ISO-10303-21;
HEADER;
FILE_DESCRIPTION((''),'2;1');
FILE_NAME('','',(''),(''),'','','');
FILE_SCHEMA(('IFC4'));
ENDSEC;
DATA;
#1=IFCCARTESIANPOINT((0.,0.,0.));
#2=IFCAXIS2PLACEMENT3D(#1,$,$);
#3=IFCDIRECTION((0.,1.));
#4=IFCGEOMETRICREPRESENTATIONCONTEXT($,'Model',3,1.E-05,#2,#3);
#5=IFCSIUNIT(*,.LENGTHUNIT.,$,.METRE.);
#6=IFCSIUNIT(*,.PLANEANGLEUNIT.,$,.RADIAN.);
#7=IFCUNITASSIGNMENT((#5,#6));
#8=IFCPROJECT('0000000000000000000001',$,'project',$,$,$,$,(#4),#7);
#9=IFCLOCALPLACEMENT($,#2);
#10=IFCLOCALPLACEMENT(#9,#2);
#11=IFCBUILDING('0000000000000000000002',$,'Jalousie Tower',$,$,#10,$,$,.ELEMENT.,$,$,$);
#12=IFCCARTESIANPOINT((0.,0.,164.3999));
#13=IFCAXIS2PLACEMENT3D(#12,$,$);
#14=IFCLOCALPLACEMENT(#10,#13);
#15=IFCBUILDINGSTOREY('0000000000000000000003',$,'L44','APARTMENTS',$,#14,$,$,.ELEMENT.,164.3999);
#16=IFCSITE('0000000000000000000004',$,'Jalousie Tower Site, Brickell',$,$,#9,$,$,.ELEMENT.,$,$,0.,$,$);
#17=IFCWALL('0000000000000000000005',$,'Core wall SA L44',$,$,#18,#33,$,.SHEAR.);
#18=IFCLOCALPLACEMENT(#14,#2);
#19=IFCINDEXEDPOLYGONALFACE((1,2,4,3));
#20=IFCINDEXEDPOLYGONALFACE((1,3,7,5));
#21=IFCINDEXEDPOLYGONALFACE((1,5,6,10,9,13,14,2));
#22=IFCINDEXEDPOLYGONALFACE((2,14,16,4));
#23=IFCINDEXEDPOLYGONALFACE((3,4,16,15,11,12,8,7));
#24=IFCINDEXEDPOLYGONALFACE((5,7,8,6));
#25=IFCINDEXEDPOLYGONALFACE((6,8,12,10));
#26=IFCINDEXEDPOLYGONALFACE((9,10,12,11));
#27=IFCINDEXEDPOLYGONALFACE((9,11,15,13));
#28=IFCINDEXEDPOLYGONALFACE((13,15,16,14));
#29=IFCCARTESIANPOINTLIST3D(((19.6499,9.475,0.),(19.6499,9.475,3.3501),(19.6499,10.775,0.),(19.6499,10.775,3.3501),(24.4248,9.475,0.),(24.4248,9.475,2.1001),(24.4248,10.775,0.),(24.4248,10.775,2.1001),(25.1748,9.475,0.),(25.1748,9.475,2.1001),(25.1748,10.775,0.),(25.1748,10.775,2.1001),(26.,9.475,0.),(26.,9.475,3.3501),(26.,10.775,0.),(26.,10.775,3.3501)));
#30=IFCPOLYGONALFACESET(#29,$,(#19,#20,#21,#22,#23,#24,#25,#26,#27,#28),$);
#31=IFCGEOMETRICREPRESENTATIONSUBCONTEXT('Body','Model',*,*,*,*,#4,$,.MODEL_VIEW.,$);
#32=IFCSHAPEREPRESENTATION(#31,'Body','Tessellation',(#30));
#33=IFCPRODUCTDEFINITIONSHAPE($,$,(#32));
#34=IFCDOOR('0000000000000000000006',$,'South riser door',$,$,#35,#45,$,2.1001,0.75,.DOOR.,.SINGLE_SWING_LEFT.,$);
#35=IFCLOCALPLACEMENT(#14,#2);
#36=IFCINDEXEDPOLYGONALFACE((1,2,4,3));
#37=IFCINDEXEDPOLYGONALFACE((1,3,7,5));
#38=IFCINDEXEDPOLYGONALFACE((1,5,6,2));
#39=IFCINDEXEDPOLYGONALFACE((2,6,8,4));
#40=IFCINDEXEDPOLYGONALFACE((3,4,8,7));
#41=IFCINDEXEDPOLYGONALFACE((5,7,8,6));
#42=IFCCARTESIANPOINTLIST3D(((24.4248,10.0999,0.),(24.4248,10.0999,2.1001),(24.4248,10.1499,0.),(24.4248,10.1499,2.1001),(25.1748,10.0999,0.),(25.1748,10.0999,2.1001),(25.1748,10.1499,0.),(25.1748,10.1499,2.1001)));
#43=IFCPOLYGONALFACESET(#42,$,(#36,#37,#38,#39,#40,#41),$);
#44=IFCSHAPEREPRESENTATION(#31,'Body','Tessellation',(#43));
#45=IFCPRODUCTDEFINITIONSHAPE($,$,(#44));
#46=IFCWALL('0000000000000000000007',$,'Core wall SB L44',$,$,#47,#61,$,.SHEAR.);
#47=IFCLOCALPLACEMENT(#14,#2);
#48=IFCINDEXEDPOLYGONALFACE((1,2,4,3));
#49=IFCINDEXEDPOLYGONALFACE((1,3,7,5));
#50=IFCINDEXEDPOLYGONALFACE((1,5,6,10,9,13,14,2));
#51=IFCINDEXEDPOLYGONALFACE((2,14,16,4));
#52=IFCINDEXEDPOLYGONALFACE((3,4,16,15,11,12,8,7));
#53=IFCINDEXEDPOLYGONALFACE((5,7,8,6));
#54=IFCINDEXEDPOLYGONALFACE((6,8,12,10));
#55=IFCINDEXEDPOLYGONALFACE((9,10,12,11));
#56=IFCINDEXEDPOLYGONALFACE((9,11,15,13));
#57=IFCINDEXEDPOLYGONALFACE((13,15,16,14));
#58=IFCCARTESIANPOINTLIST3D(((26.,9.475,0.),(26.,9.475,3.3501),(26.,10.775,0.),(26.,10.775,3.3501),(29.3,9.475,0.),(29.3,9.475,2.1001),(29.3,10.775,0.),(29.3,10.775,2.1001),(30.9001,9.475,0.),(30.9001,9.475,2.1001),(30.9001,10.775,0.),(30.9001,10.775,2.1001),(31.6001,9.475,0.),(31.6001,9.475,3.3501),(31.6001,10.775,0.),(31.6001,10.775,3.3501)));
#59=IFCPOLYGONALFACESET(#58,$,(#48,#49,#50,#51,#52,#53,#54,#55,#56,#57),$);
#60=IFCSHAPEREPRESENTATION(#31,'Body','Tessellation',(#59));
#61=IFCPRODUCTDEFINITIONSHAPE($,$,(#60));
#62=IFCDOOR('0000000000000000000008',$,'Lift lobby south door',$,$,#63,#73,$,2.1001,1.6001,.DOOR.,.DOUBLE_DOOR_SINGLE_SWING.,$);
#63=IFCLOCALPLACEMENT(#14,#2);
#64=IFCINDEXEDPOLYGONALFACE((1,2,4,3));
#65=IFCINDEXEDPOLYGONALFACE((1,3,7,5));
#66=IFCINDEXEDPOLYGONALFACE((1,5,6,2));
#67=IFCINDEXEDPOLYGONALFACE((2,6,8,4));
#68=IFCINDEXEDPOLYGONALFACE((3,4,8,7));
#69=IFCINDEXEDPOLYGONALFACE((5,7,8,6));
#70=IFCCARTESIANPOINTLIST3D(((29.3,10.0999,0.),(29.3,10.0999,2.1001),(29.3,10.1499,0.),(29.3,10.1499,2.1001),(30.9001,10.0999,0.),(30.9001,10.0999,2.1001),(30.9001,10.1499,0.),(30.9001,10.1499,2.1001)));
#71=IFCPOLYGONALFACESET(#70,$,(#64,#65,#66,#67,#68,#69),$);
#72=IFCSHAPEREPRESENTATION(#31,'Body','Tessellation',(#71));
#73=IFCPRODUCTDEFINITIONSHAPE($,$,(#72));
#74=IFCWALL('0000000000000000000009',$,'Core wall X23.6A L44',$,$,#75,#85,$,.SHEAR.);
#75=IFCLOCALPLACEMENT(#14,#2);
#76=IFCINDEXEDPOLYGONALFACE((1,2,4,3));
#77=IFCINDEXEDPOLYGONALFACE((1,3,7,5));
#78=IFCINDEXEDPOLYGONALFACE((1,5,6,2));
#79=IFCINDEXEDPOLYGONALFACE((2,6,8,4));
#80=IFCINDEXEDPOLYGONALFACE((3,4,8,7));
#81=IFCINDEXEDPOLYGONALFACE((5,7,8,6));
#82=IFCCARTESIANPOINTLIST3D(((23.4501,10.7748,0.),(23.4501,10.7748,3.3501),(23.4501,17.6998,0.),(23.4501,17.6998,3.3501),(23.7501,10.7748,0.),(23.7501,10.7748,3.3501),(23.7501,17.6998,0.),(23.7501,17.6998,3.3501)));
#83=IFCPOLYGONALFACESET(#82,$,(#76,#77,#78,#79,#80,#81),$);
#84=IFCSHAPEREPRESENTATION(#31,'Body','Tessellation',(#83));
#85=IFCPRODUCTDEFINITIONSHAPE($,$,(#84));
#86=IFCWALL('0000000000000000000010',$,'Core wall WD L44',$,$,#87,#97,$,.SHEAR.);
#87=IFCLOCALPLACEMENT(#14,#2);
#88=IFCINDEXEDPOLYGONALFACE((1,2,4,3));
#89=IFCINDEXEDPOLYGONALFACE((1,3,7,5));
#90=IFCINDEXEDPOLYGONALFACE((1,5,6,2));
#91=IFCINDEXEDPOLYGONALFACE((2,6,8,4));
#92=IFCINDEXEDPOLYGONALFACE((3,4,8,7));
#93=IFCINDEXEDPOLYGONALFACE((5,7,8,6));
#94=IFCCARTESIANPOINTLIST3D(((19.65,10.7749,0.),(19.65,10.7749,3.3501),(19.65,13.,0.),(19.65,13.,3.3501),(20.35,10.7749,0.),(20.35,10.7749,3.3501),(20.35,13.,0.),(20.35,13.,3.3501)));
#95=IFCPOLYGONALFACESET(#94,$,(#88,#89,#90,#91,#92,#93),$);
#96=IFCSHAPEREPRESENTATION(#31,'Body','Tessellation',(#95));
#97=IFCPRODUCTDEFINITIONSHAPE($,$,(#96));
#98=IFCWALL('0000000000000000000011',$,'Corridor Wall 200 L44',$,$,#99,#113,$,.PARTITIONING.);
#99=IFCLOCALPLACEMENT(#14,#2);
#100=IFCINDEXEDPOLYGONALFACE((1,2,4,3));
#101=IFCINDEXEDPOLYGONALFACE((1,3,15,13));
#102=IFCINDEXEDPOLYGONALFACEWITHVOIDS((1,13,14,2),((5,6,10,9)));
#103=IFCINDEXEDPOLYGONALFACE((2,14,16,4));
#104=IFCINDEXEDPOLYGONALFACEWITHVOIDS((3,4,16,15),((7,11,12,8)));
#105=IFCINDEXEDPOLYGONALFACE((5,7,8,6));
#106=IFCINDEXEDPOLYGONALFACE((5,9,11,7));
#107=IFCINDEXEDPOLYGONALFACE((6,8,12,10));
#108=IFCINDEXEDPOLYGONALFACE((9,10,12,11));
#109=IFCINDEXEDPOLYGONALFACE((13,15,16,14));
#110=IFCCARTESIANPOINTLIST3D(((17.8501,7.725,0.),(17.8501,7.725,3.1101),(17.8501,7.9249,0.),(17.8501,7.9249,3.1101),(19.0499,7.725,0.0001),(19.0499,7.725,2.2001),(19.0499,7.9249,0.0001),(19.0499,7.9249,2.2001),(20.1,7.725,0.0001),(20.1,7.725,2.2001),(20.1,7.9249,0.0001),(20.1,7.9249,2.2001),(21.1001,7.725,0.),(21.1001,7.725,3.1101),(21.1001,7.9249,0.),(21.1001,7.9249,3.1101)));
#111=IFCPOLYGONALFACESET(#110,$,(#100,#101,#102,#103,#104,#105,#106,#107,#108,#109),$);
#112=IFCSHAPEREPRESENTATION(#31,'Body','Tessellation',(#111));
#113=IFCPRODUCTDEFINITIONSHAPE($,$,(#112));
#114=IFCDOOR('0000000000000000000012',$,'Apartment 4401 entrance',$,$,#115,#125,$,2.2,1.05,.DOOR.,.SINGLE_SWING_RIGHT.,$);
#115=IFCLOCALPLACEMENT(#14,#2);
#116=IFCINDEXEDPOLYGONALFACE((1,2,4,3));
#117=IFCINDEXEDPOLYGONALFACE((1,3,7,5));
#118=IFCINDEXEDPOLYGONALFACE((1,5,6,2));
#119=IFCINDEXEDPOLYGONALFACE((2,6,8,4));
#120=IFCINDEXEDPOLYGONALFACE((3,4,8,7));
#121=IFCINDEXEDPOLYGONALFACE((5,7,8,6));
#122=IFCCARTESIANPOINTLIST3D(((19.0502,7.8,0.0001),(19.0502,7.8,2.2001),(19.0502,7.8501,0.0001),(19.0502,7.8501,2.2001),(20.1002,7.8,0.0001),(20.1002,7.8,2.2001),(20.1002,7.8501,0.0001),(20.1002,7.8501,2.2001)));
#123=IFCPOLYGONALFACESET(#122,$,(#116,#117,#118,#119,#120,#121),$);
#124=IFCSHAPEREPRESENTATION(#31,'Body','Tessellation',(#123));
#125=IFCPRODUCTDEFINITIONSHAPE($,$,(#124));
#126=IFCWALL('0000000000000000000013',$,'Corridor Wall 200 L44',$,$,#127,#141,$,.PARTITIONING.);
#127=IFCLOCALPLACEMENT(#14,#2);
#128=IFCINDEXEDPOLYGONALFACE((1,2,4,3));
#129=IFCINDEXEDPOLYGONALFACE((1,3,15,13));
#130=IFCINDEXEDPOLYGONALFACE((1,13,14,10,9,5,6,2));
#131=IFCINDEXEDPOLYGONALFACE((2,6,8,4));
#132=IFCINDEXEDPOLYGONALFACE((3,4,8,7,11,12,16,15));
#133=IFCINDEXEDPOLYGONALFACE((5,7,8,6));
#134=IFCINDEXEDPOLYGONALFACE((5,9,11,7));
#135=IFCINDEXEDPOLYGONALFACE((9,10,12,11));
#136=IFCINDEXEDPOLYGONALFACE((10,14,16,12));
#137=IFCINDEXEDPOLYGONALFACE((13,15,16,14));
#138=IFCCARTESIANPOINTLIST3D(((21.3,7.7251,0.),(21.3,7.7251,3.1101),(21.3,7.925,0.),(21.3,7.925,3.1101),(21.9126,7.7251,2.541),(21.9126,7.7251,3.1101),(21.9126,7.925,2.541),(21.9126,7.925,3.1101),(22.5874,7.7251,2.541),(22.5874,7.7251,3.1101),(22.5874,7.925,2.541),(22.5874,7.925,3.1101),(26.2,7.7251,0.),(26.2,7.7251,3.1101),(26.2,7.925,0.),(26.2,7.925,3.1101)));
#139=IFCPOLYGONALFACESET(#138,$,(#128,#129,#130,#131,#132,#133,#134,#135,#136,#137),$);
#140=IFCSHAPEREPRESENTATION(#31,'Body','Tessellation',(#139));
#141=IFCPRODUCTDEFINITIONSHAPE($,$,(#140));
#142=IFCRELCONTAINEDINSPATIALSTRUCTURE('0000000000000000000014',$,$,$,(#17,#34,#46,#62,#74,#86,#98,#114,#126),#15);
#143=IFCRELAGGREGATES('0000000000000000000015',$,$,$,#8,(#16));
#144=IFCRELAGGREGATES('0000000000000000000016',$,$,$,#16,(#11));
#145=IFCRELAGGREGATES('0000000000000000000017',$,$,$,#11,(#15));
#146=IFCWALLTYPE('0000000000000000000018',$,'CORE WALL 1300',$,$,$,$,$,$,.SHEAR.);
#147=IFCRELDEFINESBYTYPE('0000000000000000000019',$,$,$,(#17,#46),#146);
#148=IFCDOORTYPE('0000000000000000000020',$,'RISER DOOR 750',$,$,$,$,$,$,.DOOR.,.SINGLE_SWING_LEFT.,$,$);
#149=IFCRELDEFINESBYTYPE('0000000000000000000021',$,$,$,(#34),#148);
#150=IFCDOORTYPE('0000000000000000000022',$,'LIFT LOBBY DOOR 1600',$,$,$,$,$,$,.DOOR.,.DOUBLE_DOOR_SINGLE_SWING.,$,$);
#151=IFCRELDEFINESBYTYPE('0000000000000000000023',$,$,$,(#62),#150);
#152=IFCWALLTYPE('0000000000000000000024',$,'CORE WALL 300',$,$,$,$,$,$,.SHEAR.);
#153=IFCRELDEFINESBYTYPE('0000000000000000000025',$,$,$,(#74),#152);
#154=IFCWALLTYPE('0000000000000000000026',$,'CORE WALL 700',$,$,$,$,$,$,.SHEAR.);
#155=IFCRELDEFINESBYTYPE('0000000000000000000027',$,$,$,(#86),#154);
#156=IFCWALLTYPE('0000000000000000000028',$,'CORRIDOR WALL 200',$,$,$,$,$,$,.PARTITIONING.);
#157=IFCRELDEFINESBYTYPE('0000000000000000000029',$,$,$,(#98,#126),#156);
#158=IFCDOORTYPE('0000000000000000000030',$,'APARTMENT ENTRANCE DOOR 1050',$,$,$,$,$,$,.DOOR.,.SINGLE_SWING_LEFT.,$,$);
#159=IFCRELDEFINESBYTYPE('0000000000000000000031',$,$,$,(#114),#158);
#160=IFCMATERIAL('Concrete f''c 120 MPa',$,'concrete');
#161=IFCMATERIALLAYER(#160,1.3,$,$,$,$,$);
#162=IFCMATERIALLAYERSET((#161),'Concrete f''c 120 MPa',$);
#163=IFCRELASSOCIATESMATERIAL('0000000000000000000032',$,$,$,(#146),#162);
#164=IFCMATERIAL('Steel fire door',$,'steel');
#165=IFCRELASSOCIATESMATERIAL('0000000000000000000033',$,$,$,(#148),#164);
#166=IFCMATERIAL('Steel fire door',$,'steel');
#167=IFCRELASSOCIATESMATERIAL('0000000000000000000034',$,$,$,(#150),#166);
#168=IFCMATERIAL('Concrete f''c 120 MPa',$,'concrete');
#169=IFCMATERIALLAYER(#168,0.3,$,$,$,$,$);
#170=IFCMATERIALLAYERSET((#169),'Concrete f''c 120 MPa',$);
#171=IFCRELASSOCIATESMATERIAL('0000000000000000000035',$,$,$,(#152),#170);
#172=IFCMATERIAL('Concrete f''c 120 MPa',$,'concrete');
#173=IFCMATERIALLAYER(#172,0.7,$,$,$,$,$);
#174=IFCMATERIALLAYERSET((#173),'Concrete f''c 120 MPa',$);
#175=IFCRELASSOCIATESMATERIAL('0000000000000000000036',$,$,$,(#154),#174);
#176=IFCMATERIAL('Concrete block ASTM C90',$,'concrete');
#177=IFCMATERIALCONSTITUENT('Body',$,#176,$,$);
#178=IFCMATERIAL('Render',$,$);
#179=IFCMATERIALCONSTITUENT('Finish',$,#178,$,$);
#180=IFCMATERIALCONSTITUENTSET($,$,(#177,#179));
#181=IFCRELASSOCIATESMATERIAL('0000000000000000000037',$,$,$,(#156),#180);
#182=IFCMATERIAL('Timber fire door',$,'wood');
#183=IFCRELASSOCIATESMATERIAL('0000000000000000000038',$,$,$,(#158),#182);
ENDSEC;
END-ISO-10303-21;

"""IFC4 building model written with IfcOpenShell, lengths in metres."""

from ifc_helpers import new_model, si_unit, direction, frame, frame_2d, origin, place, context, subcontext, project, spatial, polyline, rectangle, outline, extrude, material, layer, layer_set, constituent, constituent_set, type_object, element, fill, save


model = new_model("IFC4")

# Units and contexts
model_context = context("Model", 3, precision=1e-05, world=origin(), true_north=direction((0.0, 1.0)))
body_context = subcontext(model_context, "Body", "Model", "MODEL_VIEW")
ifc_project = project(units=[si_unit("LENGTHUNIT", "METRE"), si_unit("PLANEANGLEUNIT", "RADIAN")], contexts=[model_context])

# Site, building, storey
site_placement = place(None, origin())
site = spatial("IfcSite", under=ifc_project, at=site_placement, Name="Jalousie Tower Site, Brickell", CompositionType="ELEMENT", RefElevation=0.0)
building_placement = place(site_placement, origin())
building = spatial("IfcBuilding", under=site, at=building_placement, Name="Jalousie Tower", CompositionType="ELEMENT")
storey_placement = place(building_placement, frame((0.0, 0.0, 164.3999)))
storey = spatial("IfcBuildingStorey", under=building, at=storey_placement, Name="L44", Description="APARTMENTS", CompositionType="ELEMENT", Elevation=164.3999)

# Walls, openings, doors
ifc_material_1 = material(Name="Concrete f'c 120 MPa", Category="concrete")
ifc_layer_1 = layer(ifc_material_1, 1.3)
ifc_layer_set_1 = layer_set([ifc_layer_1], Name="Concrete f'c 120 MPa")
wall_type_1 = type_object("IfcWallType", Name="CORE WALL 1300", PredefinedType="SHEAR", material=ifc_layer_set_1)
wall_1_placement = place(storey_placement, frame((19.6499, 10.125, 0.0), z_axis=(0.0, 0.0, 1.0), x_axis=(1.0, 0.0, 0.0)))
wall_1 = element("IfcWall", 1, at=wall_1_placement, inside=storey, type_object=wall_type_1, Name="Core wall SA L44", PredefinedType="SHEAR", context=body_context, shape_type="SweptSolid", body=[
    extrude(rectangle(XDim=6.3501, YDim=1.3, at=frame_2d((3.175, 0.0))), origin(), (0.0, 0.0, 1.0), 3.3501),
])
opening_1_placement = place(wall_1_placement, frame((4.7749, 0.0, 0.0)))
opening_1 = element("IfcOpeningElement", 2, at=opening_1_placement, cuts=wall_1, PredefinedType="OPENING", context=body_context, shape_type="SweptSolid", body=[
    extrude(rectangle(XDim=0.75, YDim=2.1001, at=frame_2d((0.375, 1.05))), frame((0.0, 0.6599, 0.0), z_axis=(0.0, -1.0, 0.0), x_axis=(1.0, 0.0, 0.0)), (0.0, 0.0, 1.0), 1.3201),
])
ifc_material_2 = material(Name="Steel fire door", Category="steel")
door_type_1 = type_object("IfcDoorType", Name="RISER DOOR 750", OperationType="SINGLE_SWING_LEFT", PredefinedType="DOOR", material=ifc_material_2)
door_1_placement = place(opening_1_placement, origin())
door_1 = element("IfcDoor", 3, at=door_1_placement, inside=storey, type_object=door_type_1, Name="South riser door", OperationType="SINGLE_SWING_LEFT", OverallHeight=2.1001, OverallWidth=0.75, PredefinedType="DOOR", context=body_context, shape_type="SweptSolid", body=[
    extrude(rectangle(XDim=0.75, YDim=2.1001, at=frame_2d((0.375, 1.05))), frame((0.0, 0.0249, 0.0), z_axis=(0.0, -1.0, 0.0), x_axis=(1.0, 0.0, 0.0)), (0.0, 0.0, 1.0), 0.05),
])
fill(opening_1, door_1)
wall_2_placement = place(storey_placement, frame((26.0, 10.125, 0.0), z_axis=(0.0, 0.0, 1.0), x_axis=(1.0, 0.0, 0.0)))
wall_2 = element("IfcWall", 4, at=wall_2_placement, inside=storey, type_object=wall_type_1, Name="Core wall SB L44", PredefinedType="SHEAR", context=body_context, shape_type="SweptSolid", body=[
    extrude(rectangle(XDim=5.6001, YDim=1.3, at=frame_2d((2.8, 0.0))), origin(), (0.0, 0.0, 1.0), 3.3501),
])
opening_2_placement = place(wall_2_placement, frame((3.3, 0.0, 0.0)))
opening_2 = element("IfcOpeningElement", 5, at=opening_2_placement, cuts=wall_2, PredefinedType="OPENING", context=body_context, shape_type="SweptSolid", body=[
    extrude(rectangle(XDim=1.6001, YDim=2.1001, at=frame_2d((0.8, 1.05))), frame((0.0, 0.6599, 0.0), z_axis=(0.0, -1.0, 0.0), x_axis=(1.0, 0.0, 0.0)), (0.0, 0.0, 1.0), 1.3201),
])
ifc_material_3 = material(Name="Steel fire door", Category="steel")
door_type_2 = type_object("IfcDoorType", Name="LIFT LOBBY DOOR 1600", OperationType="DOUBLE_DOOR_SINGLE_SWING", PredefinedType="DOOR", material=ifc_material_3)
door_2_placement = place(opening_2_placement, origin())
door_2 = element("IfcDoor", 6, at=door_2_placement, inside=storey, type_object=door_type_2, Name="Lift lobby south door", OperationType="DOUBLE_DOOR_SINGLE_SWING", OverallHeight=2.1001, OverallWidth=1.6001, PredefinedType="DOOR", context=body_context, shape_type="SweptSolid", body=[
    extrude(rectangle(XDim=1.6001, YDim=2.1001, at=frame_2d((0.8, 1.05))), frame((0.0, 0.0249, 0.0), z_axis=(0.0, -1.0, 0.0), x_axis=(1.0, 0.0, 0.0)), (0.0, 0.0, 1.0), 0.05),
])
fill(opening_2, door_2)

# Walls
ifc_material_4 = material(Name="Concrete f'c 120 MPa", Category="concrete")
ifc_layer_2 = layer(ifc_material_4, 0.3)
ifc_layer_set_2 = layer_set([ifc_layer_2], Name="Concrete f'c 120 MPa")
wall_type_2 = type_object("IfcWallType", Name="CORE WALL 300", PredefinedType="SHEAR", material=ifc_layer_set_2)
wall_3_placement = place(storey_placement, frame((23.6001, 10.7749, 0.0), z_axis=(0.0, 0.0, 1.0), x_axis=(0.0, 1.0, 0.0)))
element("IfcWall", 7, at=wall_3_placement, inside=storey, type_object=wall_type_2, Name="Core wall X23.6A L44", PredefinedType="SHEAR", context=body_context, shape_type="SweptSolid", body=[
    extrude(rectangle(XDim=6.925, YDim=0.3, at=frame_2d((3.4624, 0.0))), origin(), (0.0, 0.0, 1.0), 3.3501),
])
ifc_material_5 = material(Name="Concrete f'c 120 MPa", Category="concrete")
ifc_layer_3 = layer(ifc_material_5, 0.7)
ifc_layer_set_3 = layer_set([ifc_layer_3], Name="Concrete f'c 120 MPa")
wall_type_3 = type_object("IfcWallType", Name="CORE WALL 700", PredefinedType="SHEAR", material=ifc_layer_set_3)
wall_4_placement = place(storey_placement, frame((20.0, 13.0, 0.0), z_axis=(0.0, 0.0, 1.0), x_axis=(0.0, -1.0, 0.0)))
element("IfcWall", 8, at=wall_4_placement, inside=storey, type_object=wall_type_3, Name="Core wall WD L44", PredefinedType="SHEAR", context=body_context, shape_type="SweptSolid", body=[
    extrude(rectangle(XDim=2.2251, YDim=0.7, at=frame_2d((1.1125, 0.0))), origin(), (0.0, 0.0, 1.0), 3.3501),
])

# Wall, opening, door
ifc_material_6 = material(Name="Concrete block ASTM C90", Category="concrete")
ifc_constituent_1 = constituent(ifc_material_6, Name="Body")
ifc_material_7 = material(Name="Render")
ifc_constituent_2 = constituent(ifc_material_7, Name="Finish")
ifc_constituent_set_1 = constituent_set(constituents=[ifc_constituent_1, ifc_constituent_2])
wall_type_4 = type_object("IfcWallType", Name="CORRIDOR WALL 200", PredefinedType="PARTITIONING", material=ifc_constituent_set_1)
wall_5_placement = place(storey_placement, frame((17.8501, 7.825, 0.0), z_axis=(0.0, 0.0, 1.0), x_axis=(1.0, 0.0, 0.0)))
wall_5 = element("IfcWall", 9, at=wall_5_placement, inside=storey, type_object=wall_type_4, Name="Corridor Wall 200 L44", PredefinedType="PARTITIONING", context=body_context, shape_type="SweptSolid", body=[
    extrude(rectangle(XDim=3.25, YDim=0.2, at=frame_2d((1.625, 0.0))), origin(), (0.0, 0.0, 1.0), 3.1101),
])
opening_3_placement = place(wall_5_placement, frame((1.2, 0.0, 0.0)))
opening_3 = element("IfcOpeningElement", 10, at=opening_3_placement, cuts=wall_5, PredefinedType="OPENING", context=body_context, shape_type="SweptSolid", body=[
    extrude(rectangle(XDim=1.05, YDim=2.2, at=frame_2d((0.5249, 1.1001))), frame((0.0, 0.1099, 0.0), z_axis=(0.0, -1.0, 0.0), x_axis=(1.0, 0.0, 0.0)), (0.0, 0.0, 1.0), 0.22),
])
ifc_material_8 = material(Name="Timber fire door", Category="wood")
door_type_3 = type_object("IfcDoorType", Name="APARTMENT ENTRANCE DOOR 1050", OperationType="SINGLE_SWING_LEFT", PredefinedType="DOOR", material=ifc_material_8)
door_3_placement = place(opening_3_placement, frame((1.05, 0.0, 0.0), z_axis=(0.0, 0.0, 1.0), x_axis=(-1.0, 0.0, 0.0)))
door_3 = element("IfcDoor", 11, at=door_3_placement, inside=storey, type_object=door_type_3, Name="Apartment 4401 entrance", OperationType="SINGLE_SWING_RIGHT", OverallHeight=2.2, OverallWidth=1.05, PredefinedType="DOOR", context=body_context, shape_type="SweptSolid", body=[
    extrude(rectangle(XDim=1.05, YDim=2.2, at=frame_2d((0.5249, 1.1001))), frame((0.0, 0.0249, 0.0), z_axis=(0.0, -1.0, 0.0), x_axis=(1.0, 0.0, 0.0)), (0.0, 0.0, 1.0), 0.05),
])
fill(opening_3, door_3)

# Wall
wall_6_placement = place(storey_placement, frame((21.3, 7.825, 0.0), z_axis=(0.0, 0.0, 1.0), x_axis=(1.0, 0.0, 0.0)))
element("IfcWall", 12, at=wall_6_placement, inside=storey, type_object=wall_type_4, Name="Corridor Wall 200 L44", PredefinedType="PARTITIONING", context=body_context, shape_type="SweptSolid", body=[
    extrude(outline(polyline([(0.0, 0.0), (4.8999, 0.0), (4.8999, 3.1101), (1.2874, 3.1101), (1.2874, 2.541), (0.6125, 2.541), (0.6125, 3.1101), (0.0, 3.1101), (0.0, 0.0)])), frame((0.0, 0.1001, 0.0), z_axis=(0.0, -1.0, 0.0), x_axis=(1.0, 0.0, 0.0)), (0.0, 0.0, 1.0), 0.2),
])

save(model, "model.ifc")
